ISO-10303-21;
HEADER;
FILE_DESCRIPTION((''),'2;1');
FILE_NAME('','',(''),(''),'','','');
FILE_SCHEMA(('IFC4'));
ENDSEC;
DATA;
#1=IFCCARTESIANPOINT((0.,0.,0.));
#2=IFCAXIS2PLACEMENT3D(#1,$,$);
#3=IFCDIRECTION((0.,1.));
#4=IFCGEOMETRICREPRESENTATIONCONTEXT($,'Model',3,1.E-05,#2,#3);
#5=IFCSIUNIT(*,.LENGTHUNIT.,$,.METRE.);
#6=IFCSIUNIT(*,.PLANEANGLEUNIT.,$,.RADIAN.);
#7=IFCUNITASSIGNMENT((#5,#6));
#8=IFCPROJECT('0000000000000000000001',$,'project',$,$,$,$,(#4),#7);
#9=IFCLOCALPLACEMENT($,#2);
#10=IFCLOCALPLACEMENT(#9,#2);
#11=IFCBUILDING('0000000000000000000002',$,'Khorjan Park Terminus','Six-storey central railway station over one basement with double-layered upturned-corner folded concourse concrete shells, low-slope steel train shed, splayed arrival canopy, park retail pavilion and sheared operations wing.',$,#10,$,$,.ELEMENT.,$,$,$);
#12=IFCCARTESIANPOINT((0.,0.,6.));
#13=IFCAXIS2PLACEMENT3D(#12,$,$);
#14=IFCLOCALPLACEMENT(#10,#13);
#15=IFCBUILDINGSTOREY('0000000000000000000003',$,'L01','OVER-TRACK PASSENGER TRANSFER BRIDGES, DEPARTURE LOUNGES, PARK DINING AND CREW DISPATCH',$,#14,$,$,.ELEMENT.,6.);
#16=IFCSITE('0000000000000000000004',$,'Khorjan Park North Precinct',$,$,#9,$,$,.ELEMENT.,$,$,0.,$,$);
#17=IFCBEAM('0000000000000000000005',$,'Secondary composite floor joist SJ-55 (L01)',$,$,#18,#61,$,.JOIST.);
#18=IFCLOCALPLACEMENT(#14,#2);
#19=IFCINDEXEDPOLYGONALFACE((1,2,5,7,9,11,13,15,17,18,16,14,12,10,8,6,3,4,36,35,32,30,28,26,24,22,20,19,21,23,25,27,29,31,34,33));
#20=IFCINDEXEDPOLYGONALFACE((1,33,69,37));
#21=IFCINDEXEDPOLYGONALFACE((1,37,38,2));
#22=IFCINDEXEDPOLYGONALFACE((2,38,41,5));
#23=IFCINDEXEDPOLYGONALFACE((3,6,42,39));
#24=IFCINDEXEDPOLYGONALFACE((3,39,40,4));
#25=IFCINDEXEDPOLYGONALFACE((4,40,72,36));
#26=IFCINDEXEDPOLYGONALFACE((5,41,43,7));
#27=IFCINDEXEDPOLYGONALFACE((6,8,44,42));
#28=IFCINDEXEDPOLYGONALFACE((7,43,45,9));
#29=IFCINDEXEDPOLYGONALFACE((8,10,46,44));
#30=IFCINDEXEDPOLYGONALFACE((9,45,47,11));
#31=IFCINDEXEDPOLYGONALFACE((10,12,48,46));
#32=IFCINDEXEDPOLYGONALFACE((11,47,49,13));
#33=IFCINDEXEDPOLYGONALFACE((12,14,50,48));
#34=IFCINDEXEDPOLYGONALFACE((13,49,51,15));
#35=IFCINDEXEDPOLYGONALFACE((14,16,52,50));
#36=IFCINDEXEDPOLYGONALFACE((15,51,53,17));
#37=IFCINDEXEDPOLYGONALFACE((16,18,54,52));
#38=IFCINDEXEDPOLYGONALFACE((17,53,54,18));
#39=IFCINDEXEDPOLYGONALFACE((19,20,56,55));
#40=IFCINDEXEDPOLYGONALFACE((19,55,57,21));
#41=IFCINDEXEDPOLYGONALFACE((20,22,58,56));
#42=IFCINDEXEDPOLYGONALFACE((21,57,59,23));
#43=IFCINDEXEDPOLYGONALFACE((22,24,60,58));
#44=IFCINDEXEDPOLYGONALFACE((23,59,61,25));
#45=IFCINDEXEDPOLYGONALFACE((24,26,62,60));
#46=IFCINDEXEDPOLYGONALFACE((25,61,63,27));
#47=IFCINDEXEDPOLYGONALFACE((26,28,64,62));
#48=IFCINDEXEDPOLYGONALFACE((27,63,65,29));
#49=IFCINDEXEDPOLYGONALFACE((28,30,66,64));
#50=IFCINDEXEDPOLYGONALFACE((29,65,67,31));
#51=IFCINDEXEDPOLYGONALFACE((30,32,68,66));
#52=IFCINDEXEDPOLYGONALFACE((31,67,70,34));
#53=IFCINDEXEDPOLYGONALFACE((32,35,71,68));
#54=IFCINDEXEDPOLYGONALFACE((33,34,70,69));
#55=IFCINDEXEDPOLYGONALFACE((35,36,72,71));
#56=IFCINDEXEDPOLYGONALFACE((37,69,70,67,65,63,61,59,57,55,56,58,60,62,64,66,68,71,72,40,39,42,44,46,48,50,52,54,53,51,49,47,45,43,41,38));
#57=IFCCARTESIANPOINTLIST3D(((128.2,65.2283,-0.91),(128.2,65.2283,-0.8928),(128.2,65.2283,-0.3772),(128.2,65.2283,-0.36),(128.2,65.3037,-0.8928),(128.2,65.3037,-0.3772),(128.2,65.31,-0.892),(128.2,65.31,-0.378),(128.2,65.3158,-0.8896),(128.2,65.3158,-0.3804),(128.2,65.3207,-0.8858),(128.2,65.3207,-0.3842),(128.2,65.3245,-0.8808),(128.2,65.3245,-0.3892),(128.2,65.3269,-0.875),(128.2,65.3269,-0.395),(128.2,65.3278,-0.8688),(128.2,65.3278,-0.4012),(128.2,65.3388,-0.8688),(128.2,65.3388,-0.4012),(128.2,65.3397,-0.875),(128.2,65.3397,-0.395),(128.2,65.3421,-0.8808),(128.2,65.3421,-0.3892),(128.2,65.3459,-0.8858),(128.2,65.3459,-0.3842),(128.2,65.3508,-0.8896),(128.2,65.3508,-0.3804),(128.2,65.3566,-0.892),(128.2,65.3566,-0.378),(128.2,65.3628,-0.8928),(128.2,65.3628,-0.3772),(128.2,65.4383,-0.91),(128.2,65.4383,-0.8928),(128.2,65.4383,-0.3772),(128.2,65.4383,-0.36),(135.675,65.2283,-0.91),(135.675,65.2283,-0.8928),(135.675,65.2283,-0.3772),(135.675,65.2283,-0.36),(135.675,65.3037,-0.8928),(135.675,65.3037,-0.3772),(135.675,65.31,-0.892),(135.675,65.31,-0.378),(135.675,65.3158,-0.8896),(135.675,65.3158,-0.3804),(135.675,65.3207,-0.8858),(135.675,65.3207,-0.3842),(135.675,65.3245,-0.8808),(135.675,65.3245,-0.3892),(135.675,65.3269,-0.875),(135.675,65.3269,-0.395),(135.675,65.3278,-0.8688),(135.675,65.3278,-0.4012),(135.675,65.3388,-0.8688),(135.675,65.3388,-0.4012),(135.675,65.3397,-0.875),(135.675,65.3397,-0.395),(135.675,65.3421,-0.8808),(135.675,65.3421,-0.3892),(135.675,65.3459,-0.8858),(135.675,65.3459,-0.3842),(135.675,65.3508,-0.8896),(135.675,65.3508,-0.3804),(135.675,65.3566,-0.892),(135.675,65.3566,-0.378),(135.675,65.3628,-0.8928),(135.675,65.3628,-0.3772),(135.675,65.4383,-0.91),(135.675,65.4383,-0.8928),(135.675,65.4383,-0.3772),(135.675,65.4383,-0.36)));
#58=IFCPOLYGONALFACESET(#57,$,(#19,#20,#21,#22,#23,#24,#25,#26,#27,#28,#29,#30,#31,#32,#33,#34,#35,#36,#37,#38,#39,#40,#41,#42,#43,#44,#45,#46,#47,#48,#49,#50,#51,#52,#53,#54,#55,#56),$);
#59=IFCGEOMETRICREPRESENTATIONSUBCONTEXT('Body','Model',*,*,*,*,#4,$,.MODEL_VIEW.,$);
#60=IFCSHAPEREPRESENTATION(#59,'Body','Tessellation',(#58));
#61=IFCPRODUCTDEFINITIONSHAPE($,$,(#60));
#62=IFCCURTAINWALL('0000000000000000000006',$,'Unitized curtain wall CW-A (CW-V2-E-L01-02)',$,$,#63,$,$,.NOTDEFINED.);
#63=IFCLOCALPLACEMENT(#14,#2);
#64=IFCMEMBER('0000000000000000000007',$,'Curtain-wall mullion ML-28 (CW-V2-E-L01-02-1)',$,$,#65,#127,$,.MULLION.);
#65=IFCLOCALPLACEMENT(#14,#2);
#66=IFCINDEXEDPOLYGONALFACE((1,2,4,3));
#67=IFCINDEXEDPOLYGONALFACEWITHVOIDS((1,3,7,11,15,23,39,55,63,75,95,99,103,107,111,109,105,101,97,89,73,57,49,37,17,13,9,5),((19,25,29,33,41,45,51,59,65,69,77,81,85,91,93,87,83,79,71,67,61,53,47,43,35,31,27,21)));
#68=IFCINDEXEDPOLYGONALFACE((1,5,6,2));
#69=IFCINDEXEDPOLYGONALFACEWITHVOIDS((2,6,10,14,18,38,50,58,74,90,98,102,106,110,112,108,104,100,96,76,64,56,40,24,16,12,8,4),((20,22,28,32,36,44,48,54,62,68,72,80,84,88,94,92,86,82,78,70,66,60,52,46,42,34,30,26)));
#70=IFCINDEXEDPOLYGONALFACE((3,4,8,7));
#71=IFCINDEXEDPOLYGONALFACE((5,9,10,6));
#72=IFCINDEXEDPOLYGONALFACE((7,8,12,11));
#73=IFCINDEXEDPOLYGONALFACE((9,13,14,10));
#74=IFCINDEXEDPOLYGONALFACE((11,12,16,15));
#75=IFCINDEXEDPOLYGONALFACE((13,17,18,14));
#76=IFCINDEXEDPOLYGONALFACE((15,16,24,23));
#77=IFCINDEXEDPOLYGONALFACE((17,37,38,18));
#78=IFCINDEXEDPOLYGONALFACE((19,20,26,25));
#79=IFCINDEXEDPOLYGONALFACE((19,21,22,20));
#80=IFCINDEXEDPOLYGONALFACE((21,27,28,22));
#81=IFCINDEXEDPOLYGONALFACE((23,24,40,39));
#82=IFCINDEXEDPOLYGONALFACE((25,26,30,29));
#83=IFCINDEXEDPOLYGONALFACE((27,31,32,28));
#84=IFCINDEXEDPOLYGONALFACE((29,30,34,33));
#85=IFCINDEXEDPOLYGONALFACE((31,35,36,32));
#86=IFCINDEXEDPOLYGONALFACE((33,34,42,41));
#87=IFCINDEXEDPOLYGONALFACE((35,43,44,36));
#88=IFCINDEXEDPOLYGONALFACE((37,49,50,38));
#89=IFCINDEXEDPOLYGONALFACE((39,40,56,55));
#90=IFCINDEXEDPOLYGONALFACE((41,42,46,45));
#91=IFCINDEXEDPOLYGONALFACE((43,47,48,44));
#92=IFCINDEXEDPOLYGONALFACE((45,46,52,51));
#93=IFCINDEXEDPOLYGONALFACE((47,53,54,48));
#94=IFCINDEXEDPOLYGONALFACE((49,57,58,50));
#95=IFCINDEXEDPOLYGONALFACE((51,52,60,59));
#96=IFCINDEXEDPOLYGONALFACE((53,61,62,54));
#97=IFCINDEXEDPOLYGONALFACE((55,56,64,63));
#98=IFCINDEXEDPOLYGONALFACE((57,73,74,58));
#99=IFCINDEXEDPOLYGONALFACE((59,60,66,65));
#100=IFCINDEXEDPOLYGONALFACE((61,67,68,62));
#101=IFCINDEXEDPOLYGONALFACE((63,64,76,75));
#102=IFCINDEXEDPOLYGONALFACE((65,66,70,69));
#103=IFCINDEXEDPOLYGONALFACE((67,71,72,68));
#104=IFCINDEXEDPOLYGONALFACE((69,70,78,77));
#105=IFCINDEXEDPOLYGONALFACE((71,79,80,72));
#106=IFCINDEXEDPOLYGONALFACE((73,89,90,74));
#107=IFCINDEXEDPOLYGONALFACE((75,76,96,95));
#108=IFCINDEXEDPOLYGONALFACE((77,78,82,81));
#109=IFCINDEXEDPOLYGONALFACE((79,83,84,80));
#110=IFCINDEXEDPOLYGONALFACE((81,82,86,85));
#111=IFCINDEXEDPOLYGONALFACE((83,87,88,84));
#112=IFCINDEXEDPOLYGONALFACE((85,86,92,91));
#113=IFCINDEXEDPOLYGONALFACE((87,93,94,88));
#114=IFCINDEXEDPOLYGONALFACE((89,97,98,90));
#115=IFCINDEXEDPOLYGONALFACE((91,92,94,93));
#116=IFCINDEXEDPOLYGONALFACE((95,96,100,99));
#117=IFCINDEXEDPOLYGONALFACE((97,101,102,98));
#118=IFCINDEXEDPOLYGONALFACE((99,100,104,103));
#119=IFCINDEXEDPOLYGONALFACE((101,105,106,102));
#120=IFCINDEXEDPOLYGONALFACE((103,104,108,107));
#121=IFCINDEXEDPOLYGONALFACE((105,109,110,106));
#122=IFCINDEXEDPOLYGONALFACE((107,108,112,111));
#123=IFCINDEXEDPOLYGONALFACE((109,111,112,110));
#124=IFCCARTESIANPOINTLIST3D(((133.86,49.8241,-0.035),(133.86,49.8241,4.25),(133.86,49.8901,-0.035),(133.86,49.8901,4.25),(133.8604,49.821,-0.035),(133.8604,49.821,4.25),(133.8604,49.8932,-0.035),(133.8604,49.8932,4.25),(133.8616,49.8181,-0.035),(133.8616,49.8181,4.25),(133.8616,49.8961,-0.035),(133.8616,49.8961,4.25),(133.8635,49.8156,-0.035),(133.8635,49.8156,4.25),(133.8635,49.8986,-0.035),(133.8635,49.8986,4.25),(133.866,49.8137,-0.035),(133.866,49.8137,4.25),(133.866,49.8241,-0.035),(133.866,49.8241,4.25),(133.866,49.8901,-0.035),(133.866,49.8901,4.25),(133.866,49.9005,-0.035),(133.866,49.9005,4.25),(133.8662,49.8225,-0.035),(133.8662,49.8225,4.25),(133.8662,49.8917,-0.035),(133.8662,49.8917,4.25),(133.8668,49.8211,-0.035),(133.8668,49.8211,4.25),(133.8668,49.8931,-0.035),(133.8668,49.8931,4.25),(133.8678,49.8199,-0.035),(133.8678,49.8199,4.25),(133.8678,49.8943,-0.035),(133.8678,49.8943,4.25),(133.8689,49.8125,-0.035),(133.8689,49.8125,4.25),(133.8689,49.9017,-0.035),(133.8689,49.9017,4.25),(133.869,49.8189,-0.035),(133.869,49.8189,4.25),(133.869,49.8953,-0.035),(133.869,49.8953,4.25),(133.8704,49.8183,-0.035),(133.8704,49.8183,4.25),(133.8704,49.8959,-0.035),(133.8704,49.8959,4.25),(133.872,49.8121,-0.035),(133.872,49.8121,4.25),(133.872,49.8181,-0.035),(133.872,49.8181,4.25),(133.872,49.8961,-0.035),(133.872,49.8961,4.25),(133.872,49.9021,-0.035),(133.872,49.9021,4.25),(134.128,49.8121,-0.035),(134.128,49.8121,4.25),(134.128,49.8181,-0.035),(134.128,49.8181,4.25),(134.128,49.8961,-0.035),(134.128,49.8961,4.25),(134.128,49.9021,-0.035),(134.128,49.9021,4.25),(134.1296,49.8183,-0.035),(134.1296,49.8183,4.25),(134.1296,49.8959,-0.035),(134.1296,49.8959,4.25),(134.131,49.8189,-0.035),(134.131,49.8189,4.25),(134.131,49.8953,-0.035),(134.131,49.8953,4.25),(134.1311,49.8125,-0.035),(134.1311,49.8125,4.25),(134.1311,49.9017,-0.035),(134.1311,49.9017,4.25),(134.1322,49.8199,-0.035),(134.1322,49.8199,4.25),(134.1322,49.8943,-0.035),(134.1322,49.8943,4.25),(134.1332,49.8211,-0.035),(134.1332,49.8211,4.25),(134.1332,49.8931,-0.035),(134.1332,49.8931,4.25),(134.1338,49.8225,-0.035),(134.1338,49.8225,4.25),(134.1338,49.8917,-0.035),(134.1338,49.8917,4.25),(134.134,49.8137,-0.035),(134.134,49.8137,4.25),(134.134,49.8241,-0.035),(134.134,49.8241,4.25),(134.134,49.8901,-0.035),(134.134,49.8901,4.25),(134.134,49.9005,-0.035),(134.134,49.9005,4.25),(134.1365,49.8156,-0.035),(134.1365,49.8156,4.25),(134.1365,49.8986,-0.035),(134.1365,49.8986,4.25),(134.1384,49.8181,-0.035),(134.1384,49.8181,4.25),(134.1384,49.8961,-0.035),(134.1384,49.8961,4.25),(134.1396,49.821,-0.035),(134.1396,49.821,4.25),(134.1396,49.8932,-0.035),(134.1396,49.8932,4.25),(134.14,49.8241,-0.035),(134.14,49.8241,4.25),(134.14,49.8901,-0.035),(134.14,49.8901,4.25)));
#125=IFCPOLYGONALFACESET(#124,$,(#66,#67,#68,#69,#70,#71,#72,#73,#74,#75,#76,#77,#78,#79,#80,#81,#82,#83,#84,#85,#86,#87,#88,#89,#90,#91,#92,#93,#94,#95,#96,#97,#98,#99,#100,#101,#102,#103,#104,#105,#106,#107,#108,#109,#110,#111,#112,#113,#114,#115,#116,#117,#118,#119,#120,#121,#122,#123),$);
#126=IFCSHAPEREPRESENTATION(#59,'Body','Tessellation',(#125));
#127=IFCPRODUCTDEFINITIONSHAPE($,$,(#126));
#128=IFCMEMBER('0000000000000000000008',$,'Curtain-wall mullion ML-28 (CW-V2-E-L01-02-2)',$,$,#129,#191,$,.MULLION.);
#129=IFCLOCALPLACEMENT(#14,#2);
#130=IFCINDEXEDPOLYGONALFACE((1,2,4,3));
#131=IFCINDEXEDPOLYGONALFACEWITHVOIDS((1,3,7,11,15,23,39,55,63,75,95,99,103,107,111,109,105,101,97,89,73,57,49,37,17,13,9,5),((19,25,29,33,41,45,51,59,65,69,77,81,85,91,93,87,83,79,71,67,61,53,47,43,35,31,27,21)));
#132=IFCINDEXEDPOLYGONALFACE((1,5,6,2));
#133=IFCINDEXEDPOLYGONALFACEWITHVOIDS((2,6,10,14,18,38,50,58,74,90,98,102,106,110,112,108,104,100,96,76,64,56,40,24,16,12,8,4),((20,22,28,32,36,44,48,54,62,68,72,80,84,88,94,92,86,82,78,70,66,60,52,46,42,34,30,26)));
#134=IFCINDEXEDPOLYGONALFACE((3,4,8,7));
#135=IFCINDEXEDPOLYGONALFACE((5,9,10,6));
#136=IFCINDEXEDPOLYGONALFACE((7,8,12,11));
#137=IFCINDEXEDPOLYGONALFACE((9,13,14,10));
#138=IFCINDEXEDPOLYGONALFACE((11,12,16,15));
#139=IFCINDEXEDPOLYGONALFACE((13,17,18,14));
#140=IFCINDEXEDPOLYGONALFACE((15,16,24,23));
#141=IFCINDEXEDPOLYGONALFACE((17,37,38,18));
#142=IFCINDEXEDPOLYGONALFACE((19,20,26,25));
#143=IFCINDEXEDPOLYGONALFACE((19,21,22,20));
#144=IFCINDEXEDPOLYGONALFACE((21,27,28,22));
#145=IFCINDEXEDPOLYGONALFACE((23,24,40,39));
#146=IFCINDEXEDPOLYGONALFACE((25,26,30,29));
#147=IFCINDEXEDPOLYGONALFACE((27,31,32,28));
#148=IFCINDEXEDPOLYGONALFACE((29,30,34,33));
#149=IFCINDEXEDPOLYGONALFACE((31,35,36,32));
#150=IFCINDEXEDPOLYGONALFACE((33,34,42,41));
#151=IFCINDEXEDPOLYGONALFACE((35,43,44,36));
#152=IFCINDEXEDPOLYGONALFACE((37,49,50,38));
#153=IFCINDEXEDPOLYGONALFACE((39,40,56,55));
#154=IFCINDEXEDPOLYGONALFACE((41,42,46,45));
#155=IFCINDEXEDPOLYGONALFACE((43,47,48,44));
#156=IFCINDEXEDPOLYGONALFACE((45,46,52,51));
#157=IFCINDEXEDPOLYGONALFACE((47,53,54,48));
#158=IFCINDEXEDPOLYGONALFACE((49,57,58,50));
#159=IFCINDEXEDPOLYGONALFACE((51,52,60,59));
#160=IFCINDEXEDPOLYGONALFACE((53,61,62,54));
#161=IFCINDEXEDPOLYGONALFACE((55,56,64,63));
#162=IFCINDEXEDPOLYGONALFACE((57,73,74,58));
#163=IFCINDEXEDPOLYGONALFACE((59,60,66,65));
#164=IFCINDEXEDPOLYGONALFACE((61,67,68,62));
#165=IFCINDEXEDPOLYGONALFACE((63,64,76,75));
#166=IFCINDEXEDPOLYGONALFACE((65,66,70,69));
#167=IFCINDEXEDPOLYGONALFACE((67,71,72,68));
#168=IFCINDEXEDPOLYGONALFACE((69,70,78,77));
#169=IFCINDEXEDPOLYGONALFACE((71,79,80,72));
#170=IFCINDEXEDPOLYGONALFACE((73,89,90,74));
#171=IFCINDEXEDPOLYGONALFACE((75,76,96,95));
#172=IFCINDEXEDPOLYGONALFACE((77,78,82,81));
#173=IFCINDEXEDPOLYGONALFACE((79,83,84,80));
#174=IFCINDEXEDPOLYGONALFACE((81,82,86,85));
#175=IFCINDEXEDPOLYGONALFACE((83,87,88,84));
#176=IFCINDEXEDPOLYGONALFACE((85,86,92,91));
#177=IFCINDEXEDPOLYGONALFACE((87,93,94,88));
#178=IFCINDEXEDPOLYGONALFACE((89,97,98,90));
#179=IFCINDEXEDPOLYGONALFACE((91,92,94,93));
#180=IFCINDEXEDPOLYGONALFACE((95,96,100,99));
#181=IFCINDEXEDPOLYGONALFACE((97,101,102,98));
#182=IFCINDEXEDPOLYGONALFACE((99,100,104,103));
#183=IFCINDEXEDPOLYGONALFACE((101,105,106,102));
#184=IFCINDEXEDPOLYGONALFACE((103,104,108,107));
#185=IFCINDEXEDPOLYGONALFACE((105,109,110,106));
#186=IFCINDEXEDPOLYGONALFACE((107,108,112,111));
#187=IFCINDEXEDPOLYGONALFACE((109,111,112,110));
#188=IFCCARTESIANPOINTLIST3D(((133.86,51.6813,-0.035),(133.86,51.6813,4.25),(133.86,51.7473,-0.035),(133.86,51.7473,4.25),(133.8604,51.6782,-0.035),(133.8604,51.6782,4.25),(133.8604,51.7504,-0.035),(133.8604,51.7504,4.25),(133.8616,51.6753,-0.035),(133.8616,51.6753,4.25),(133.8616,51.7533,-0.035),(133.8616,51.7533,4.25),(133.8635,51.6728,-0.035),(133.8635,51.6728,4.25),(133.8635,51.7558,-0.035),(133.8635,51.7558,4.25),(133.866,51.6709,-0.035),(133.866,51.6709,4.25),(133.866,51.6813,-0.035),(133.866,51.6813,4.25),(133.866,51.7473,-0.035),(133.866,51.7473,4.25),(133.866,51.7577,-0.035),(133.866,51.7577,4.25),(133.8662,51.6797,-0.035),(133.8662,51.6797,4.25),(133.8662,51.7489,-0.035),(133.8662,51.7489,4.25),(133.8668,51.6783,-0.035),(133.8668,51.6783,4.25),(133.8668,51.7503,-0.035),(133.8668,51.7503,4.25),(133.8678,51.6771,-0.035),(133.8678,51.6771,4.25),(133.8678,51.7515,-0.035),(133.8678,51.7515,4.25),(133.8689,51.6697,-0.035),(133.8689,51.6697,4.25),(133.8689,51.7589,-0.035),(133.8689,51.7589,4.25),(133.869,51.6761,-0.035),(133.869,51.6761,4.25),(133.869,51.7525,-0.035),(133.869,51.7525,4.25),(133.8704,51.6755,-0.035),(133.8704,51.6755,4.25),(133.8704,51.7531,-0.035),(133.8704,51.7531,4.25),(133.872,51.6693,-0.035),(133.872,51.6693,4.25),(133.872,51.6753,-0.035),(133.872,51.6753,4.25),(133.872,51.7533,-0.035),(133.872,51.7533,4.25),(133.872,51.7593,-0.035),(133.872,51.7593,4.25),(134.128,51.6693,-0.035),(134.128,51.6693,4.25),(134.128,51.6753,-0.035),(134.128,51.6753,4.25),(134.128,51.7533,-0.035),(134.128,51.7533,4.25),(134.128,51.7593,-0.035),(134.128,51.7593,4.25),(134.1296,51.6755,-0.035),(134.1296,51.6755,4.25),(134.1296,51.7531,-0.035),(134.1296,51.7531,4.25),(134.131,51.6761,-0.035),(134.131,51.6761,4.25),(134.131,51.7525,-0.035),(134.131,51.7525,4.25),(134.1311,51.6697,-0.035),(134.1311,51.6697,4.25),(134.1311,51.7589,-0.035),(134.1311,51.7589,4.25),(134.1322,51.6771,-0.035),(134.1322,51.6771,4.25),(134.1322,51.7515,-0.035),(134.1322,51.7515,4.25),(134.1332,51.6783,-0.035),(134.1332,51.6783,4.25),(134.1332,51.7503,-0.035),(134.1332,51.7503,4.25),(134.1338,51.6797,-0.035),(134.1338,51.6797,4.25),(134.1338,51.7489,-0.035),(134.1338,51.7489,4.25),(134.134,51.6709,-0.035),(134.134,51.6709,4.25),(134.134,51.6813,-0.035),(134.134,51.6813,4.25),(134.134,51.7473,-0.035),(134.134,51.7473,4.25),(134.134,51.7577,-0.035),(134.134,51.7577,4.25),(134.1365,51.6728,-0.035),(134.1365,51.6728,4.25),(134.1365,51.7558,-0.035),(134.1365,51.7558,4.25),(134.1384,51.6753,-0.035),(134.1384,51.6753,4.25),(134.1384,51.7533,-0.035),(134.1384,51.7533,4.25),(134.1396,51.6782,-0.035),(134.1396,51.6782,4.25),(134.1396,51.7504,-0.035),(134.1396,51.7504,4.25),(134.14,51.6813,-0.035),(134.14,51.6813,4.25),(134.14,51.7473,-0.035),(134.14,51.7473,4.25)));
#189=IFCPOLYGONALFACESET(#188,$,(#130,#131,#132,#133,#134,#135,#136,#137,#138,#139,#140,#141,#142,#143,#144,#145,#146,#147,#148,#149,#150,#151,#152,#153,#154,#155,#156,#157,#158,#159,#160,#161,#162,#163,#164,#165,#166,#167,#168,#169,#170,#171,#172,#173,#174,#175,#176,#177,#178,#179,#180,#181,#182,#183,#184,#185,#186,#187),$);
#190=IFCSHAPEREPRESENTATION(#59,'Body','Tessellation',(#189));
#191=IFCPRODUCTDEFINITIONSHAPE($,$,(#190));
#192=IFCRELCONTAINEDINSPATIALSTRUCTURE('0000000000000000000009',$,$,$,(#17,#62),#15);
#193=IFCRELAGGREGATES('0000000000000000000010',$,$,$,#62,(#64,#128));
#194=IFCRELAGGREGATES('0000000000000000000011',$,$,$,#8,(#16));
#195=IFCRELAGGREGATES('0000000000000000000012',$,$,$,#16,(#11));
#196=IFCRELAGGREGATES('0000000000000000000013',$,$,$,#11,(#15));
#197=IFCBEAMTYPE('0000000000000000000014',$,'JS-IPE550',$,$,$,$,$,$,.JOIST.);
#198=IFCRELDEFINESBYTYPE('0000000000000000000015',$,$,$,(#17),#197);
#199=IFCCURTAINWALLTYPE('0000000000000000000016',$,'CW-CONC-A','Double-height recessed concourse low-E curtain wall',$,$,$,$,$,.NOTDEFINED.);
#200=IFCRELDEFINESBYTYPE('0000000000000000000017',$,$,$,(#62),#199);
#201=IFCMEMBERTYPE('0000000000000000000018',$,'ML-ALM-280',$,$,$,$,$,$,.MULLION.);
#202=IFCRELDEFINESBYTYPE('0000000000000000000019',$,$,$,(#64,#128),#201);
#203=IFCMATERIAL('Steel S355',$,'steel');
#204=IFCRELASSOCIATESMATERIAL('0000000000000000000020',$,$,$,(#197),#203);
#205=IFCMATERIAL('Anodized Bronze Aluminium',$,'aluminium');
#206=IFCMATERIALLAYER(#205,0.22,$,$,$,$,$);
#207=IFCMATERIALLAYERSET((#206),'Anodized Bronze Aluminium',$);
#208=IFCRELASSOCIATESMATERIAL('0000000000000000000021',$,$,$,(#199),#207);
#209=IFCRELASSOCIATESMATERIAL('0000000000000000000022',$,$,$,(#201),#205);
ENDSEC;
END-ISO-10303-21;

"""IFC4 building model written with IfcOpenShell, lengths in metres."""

from ifc_helpers import new_model, si_unit, direction, frame, origin, origin_2d, place, context, subcontext, project, spatial, hollow_rectangle, i_section, extrude, material, layer, layer_set, material_profile, profile_set, type_object, element, aggregate, save


model = new_model("IFC4")

# Units and contexts
model_context = context("Model", 3, precision=1e-05, world=origin(), true_north=direction((0.0, 1.0)))
body_context = subcontext(model_context, "Body", "Model", "MODEL_VIEW")
ifc_project = project(units=[si_unit("LENGTHUNIT", "METRE"), si_unit("PLANEANGLEUNIT", "RADIAN")], contexts=[model_context])

# Site, building, storey
site_placement = place(None, origin())
site = spatial("IfcSite", under=ifc_project, at=site_placement, Name="Khorjan Park North Precinct", CompositionType="ELEMENT", RefElevation=0.0)
building_placement = place(site_placement, origin())
building = spatial("IfcBuilding", under=site, at=building_placement, Name="Khorjan Park Terminus", Description="Six-storey central railway station over one basement with double-layered upturned-corner folded concourse concrete shells, low-slope steel train shed, splayed arrival canopy, park retail pavilion and sheared operations wing.", CompositionType="ELEMENT")
storey_placement = place(building_placement, frame((0.0, 0.0, 6.0)))
storey = spatial("IfcBuildingStorey", under=building, at=storey_placement, Name="L01", Description="OVER-TRACK PASSENGER TRANSFER BRIDGES, DEPARTURE LOUNGES, PARK DINING AND CREW DISPATCH", CompositionType="ELEMENT", Elevation=6.0)

# Beam
ifc_material_1 = material(Name="Steel S355", Category="steel")
ifc_material_profile_1 = material_profile(ifc_material_1, i_section(OverallWidth=0.21, OverallDepth=0.55, WebThickness=0.0111, FlangeThickness=0.0172, FilletRadius=0.024, at=origin_2d()), Name="IPE 550")
ifc_profile_set_1 = profile_set([ifc_material_profile_1], Name="Steel S355")
beam_type_1 = type_object("IfcBeamType", Name="JS-IPE550", PredefinedType="JOIST", material=ifc_profile_set_1)
beam_1_placement = place(storey_placement, frame((128.2, 65.3333, -0.635), z_axis=(1.0, 0.0, 0.0), x_axis=(0.0, 1.0, 0.0)))
element("IfcBeam", 1, at=beam_1_placement, inside=storey, type_object=beam_type_1, Name="Secondary composite floor joist SJ-55 (L01)", PredefinedType="JOIST", context=body_context, shape_type="SweptSolid", body=[
    extrude(i_section(OverallWidth=0.21, OverallDepth=0.55, WebThickness=0.0111, FlangeThickness=0.0172, FilletRadius=0.024, at=origin_2d()), origin(), (0.0, 0.0, 1.0), 7.475),
])

# Curtain wall, members
ifc_material_2 = material(Name="Anodized Bronze Aluminium", Category="aluminium")
ifc_layer_1 = layer(ifc_material_2, 0.22)
ifc_layer_set_1 = layer_set([ifc_layer_1], Name="Anodized Bronze Aluminium")
curtain_wall_type = type_object("IfcCurtainWallType", Name="CW-CONC-A", Description="Double-height recessed concourse low-E curtain wall", PredefinedType="NOTDEFINED", material=ifc_layer_set_1)
curtain_wall_placement = place(storey_placement, origin())
curtain_wall = element("IfcCurtainWall", 2, at=curtain_wall_placement, inside=storey, type_object=curtain_wall_type, Name="Unitized curtain wall CW-A (CW-V2-E-L01-02)", PredefinedType="NOTDEFINED")
ifc_material_profile_2 = material_profile(ifc_material_2, hollow_rectangle(XDim=0.09, YDim=0.28, WallThickness=0.006, InnerFilletRadius=0.006, OuterFilletRadius=0.012, at=origin_2d()), Name="ALM 90x280x6")
ifc_profile_set_2 = profile_set([ifc_material_profile_2], Name="Anodized Bronze Aluminium")
member_type_1 = type_object("IfcMemberType", Name="ML-ALM-280", PredefinedType="MULLION", material=ifc_profile_set_2)
member_1_placement = place(storey_placement, frame((134.0, 49.8571, -0.035), z_axis=(0.0, 0.0, 1.0), x_axis=(0.0, 1.0, 0.0)))
member_1 = element("IfcMember", 3, at=member_1_placement, type_object=member_type_1, Name="Curtain-wall mullion ML-28 (CW-V2-E-L01-02-1)", PredefinedType="MULLION", context=body_context, shape_type="SweptSolid", body=[
    extrude(hollow_rectangle(XDim=0.09, YDim=0.28, WallThickness=0.006, InnerFilletRadius=0.006, OuterFilletRadius=0.012, at=origin_2d()), origin(), (0.0, 0.0, 1.0), 4.285),
])
member_2_placement = place(storey_placement, frame((134.0, 51.7143, -0.035), z_axis=(0.0, 0.0, 1.0), x_axis=(0.0, 1.0, 0.0)))
member_2 = element("IfcMember", 4, at=member_2_placement, type_object=member_type_1, Name="Curtain-wall mullion ML-28 (CW-V2-E-L01-02-2)", PredefinedType="MULLION", context=body_context, shape_type="SweptSolid", body=[
    extrude(hollow_rectangle(XDim=0.09, YDim=0.28, WallThickness=0.006, InnerFilletRadius=0.006, OuterFilletRadius=0.012, at=origin_2d()), origin(), (0.0, 0.0, 1.0), 4.285),
])
aggregate(curtain_wall, [member_1, member_2])

save(model, "model.ifc")
